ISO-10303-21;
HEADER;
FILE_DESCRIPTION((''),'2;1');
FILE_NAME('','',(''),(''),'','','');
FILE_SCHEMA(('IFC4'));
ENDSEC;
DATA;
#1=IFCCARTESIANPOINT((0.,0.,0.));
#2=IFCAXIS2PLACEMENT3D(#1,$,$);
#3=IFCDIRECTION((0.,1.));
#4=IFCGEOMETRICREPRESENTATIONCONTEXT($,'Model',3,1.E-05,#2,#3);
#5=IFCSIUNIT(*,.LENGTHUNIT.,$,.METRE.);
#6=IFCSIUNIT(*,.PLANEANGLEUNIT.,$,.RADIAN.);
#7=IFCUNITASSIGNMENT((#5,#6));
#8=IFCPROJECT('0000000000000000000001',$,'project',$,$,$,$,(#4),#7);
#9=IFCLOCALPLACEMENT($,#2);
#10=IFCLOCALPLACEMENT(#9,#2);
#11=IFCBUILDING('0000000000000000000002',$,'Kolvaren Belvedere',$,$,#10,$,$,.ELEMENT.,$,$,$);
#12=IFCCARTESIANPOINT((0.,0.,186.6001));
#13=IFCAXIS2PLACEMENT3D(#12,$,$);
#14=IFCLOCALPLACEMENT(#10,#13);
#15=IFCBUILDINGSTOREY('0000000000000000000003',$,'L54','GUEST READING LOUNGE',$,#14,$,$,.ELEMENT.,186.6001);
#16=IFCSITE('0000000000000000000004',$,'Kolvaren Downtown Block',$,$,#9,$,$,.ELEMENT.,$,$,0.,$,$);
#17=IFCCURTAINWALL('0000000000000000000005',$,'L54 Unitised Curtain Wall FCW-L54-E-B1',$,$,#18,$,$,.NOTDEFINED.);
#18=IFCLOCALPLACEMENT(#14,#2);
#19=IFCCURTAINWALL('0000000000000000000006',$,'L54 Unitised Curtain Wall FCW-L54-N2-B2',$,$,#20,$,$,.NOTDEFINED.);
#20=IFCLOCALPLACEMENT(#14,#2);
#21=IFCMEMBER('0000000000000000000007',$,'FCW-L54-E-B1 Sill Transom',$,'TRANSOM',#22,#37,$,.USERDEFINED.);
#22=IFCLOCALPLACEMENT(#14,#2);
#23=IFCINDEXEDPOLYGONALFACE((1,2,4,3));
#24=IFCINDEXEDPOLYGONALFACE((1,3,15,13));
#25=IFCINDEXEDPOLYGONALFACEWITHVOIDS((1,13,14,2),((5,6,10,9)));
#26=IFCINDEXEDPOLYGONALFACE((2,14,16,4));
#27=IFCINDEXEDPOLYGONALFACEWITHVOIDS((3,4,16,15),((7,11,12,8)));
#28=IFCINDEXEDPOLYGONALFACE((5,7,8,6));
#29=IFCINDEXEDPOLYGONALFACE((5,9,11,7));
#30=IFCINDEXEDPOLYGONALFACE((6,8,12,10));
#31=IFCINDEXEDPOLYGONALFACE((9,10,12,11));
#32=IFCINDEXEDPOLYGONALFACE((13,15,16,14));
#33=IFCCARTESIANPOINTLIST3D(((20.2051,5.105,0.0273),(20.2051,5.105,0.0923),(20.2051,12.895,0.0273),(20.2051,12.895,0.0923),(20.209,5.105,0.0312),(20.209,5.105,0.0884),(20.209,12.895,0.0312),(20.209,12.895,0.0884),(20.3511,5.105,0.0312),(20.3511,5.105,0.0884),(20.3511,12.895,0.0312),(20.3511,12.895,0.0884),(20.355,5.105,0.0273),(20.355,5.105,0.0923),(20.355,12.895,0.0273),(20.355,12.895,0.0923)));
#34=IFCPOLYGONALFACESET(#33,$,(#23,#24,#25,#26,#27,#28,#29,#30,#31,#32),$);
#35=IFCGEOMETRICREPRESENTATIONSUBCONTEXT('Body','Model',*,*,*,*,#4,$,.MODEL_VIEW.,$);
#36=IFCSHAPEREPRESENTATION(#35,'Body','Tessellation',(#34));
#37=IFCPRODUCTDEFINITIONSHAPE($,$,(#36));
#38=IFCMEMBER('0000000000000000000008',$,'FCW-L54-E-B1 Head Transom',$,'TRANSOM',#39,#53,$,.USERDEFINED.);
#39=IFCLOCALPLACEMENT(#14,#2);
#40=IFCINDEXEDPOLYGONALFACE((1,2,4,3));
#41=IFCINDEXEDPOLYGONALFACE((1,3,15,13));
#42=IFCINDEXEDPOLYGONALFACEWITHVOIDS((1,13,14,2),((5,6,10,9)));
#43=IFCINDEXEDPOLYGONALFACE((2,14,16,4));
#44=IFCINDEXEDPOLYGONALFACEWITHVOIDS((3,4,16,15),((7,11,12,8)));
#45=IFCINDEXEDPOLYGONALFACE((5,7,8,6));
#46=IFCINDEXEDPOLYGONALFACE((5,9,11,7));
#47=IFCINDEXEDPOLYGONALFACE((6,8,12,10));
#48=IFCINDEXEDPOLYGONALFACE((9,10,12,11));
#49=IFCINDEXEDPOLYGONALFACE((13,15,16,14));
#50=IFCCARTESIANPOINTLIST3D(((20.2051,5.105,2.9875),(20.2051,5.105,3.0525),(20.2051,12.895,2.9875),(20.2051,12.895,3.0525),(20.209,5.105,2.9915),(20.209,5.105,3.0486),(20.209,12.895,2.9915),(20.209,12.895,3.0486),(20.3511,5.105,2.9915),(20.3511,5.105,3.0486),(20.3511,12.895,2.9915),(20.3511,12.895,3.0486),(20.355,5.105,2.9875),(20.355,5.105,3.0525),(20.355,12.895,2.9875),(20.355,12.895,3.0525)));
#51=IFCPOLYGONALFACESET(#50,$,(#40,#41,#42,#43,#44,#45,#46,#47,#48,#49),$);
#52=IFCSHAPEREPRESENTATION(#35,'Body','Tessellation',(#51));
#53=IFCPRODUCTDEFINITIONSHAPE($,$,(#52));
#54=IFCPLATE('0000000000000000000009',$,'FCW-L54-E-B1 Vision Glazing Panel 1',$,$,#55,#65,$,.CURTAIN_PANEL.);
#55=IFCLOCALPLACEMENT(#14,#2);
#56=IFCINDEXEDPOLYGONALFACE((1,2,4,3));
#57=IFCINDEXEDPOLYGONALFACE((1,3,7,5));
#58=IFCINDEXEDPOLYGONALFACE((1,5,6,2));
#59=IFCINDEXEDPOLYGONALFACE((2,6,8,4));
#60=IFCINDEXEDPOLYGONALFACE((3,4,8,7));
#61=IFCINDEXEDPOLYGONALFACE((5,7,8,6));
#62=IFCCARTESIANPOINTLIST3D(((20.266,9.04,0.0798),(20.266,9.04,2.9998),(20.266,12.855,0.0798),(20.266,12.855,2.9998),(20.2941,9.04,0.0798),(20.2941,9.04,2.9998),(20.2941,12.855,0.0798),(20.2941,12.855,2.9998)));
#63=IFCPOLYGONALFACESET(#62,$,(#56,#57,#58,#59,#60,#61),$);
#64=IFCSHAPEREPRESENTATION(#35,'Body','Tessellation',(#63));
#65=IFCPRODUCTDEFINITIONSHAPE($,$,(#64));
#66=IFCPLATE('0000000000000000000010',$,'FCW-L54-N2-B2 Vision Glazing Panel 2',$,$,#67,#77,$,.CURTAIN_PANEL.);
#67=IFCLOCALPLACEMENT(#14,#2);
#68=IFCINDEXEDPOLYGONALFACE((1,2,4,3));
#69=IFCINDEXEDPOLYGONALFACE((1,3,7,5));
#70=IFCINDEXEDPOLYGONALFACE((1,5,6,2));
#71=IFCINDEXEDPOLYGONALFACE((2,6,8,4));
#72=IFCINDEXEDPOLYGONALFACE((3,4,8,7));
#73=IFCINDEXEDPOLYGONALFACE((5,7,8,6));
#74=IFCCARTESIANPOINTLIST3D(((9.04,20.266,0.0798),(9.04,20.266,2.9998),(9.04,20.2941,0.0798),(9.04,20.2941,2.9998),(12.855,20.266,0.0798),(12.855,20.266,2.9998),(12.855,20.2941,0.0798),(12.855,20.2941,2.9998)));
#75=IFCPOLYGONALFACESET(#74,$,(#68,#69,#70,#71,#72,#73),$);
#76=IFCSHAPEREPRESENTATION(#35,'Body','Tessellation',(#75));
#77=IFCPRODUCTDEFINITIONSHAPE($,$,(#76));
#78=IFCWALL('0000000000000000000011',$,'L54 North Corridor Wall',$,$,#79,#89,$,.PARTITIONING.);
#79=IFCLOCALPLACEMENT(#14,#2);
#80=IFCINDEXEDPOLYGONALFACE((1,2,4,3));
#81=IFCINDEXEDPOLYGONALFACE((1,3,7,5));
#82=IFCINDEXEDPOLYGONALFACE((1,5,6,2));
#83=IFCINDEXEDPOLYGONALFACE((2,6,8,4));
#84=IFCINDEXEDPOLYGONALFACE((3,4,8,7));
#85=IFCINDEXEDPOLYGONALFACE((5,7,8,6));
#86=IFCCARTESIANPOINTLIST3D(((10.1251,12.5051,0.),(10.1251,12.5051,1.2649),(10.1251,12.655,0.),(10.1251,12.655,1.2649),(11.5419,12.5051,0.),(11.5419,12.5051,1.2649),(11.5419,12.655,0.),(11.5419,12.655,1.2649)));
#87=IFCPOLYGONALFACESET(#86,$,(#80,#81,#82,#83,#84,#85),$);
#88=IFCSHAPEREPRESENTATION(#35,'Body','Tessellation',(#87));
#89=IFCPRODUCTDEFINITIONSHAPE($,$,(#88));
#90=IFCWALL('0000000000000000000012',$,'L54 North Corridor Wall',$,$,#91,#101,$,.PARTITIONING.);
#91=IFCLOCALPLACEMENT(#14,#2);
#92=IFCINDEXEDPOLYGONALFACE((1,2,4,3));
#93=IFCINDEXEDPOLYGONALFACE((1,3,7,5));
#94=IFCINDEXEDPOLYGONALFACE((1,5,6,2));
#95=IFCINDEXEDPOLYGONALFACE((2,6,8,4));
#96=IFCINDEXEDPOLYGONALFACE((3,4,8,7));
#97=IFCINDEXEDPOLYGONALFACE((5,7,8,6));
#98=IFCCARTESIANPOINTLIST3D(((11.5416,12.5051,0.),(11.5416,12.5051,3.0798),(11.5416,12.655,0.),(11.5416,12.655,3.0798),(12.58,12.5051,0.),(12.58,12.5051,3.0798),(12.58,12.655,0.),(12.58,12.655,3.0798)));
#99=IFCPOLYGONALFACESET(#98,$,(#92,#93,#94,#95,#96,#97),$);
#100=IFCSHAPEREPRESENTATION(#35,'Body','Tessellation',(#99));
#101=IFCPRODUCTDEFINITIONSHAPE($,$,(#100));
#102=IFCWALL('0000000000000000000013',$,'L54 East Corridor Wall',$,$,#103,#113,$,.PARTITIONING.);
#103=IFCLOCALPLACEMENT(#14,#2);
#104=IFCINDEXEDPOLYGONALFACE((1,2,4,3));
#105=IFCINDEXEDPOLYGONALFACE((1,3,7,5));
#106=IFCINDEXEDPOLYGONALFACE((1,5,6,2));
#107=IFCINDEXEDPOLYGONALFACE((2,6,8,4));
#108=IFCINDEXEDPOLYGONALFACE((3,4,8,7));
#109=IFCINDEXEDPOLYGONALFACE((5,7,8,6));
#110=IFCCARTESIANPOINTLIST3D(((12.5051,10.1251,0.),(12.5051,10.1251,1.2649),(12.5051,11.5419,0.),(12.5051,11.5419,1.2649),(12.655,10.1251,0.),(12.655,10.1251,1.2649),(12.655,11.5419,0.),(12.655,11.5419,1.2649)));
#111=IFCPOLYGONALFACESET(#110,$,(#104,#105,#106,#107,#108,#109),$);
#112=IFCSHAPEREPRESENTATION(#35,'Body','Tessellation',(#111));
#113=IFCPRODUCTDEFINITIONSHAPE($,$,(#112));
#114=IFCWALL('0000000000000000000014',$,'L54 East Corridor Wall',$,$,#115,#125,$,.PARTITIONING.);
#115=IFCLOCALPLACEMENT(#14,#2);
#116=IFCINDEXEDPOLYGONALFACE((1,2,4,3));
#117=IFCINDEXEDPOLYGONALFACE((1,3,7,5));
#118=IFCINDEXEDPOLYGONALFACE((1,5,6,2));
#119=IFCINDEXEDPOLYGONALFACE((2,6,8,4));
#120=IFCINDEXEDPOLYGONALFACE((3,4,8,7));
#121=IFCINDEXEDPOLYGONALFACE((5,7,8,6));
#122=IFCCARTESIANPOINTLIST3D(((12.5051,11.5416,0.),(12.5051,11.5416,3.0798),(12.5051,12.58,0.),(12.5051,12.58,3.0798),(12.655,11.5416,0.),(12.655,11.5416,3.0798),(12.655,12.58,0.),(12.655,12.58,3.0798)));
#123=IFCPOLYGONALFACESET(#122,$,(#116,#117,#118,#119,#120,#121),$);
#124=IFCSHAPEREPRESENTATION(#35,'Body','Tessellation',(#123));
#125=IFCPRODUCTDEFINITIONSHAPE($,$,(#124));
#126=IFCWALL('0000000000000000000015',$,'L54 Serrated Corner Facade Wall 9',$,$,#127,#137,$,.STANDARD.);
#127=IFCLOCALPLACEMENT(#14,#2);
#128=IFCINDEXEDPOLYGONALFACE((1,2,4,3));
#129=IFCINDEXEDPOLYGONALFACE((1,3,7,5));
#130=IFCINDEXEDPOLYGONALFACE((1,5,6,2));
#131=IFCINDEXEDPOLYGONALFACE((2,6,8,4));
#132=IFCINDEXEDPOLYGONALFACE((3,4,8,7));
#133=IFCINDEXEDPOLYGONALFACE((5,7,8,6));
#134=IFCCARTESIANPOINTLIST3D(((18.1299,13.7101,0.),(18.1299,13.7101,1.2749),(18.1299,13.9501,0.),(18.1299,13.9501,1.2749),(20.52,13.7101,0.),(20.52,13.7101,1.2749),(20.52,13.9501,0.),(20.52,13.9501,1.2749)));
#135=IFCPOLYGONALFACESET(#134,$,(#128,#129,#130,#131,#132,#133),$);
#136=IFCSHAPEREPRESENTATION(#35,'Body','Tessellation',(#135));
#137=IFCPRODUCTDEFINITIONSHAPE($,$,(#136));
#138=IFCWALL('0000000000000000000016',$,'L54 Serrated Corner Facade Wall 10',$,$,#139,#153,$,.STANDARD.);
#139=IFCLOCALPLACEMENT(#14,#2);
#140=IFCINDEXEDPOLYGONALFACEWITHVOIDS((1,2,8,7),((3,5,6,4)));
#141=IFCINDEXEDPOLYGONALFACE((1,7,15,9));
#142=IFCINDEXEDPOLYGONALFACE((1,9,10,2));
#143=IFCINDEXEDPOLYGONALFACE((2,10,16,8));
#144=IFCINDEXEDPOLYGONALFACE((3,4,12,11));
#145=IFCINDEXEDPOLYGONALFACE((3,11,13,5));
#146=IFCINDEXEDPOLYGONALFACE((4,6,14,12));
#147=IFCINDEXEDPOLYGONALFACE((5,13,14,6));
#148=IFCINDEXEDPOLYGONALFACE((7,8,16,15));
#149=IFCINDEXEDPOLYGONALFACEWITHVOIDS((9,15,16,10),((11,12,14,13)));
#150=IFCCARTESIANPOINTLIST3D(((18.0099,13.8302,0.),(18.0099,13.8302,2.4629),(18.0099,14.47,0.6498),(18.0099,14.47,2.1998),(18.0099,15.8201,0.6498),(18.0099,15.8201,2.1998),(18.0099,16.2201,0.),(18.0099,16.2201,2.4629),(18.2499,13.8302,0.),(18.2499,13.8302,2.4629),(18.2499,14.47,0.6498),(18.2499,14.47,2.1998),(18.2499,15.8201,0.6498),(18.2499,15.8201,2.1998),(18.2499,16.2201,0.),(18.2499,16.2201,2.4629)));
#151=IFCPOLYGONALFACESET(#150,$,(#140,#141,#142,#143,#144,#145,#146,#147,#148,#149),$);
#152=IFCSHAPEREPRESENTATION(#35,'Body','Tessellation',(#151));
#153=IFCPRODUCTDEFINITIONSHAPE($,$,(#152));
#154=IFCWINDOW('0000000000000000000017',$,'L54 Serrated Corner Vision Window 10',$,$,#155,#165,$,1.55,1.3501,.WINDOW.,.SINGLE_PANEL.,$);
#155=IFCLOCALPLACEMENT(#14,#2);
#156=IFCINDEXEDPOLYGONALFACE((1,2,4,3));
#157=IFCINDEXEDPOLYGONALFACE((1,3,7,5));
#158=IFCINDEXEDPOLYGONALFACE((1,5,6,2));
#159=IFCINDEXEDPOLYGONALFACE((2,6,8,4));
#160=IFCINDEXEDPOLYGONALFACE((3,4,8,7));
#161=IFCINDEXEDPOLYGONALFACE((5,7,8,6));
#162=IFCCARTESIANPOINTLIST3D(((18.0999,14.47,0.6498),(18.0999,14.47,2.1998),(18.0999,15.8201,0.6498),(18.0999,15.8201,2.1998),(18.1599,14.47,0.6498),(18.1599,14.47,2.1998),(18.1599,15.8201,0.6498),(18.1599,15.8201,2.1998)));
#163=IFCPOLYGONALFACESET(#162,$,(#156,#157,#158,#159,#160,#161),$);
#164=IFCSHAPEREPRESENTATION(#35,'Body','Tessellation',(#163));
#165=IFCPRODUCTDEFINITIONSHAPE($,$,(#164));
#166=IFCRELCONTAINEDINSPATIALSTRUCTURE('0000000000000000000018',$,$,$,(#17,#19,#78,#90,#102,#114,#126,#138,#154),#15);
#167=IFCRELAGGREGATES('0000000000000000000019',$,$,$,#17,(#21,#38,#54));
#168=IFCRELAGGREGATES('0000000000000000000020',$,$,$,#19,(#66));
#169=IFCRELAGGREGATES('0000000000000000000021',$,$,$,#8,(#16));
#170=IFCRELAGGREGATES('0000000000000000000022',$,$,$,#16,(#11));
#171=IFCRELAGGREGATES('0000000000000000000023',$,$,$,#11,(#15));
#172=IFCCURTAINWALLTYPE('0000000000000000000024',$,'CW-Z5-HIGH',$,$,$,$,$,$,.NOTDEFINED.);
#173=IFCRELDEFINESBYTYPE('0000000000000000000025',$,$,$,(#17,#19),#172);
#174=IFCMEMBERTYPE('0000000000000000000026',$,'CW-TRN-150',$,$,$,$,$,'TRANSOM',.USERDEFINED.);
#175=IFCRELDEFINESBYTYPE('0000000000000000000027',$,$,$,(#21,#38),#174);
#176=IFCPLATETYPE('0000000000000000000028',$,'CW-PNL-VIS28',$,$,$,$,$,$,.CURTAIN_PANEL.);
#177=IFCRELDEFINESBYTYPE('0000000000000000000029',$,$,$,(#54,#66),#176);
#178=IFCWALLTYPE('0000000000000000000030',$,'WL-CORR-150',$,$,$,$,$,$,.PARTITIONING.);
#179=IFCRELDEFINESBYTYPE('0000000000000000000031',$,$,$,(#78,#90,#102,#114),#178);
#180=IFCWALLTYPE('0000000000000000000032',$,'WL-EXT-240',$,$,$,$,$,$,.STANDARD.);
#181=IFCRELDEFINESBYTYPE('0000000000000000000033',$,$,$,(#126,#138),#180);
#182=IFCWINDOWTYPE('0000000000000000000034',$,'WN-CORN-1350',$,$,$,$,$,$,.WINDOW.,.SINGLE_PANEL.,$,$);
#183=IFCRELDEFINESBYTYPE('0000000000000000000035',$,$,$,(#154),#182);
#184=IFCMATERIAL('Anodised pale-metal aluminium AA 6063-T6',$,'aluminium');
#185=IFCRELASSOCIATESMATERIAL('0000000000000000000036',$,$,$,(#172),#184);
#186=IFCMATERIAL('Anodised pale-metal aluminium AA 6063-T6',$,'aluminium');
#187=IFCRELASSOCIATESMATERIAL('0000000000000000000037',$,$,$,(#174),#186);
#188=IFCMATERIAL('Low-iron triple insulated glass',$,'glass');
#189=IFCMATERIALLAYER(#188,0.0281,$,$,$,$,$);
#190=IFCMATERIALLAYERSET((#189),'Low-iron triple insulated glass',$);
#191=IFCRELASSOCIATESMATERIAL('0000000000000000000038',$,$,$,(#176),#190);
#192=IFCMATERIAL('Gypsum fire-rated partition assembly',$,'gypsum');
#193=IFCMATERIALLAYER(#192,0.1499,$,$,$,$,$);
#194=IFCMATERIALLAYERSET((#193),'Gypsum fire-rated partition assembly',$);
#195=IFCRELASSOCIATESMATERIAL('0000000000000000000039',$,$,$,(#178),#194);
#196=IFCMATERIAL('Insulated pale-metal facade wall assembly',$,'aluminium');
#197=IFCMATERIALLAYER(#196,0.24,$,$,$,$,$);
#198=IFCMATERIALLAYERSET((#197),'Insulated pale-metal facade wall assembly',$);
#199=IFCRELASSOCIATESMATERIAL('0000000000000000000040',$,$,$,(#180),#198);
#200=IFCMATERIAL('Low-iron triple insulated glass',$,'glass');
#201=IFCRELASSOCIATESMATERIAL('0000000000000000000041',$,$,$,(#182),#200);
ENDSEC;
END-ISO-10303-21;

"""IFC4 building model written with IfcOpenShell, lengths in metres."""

from ifc_helpers import new_model, si_unit, direction, frame, frame_2d, origin, origin_2d, place, context, subcontext, project, spatial, rectangle, hollow_rectangle, extrude, material, layer, layer_set, material_profile, profile_set, type_object, element, fill, aggregate, save


model = new_model("IFC4")

# Units and contexts
model_context = context("Model", 3, precision=1e-05, world=origin(), true_north=direction((0.0, 1.0)))
body_context = subcontext(model_context, "Body", "Model", "MODEL_VIEW")
ifc_project = project(units=[si_unit("LENGTHUNIT", "METRE"), si_unit("PLANEANGLEUNIT", "RADIAN")], contexts=[model_context])

# Site, building, storey
site_placement = place(None, origin())
site = spatial("IfcSite", under=ifc_project, at=site_placement, Name="Kolvaren Downtown Block", CompositionType="ELEMENT", RefElevation=0.0)
building_placement = place(site_placement, origin())
building = spatial("IfcBuilding", under=site, at=building_placement, Name="Kolvaren Belvedere", CompositionType="ELEMENT")
storey_placement = place(building_placement, frame((0.0, 0.0, 186.6001)))
storey = spatial("IfcBuildingStorey", under=building, at=storey_placement, Name="L54", Description="GUEST READING LOUNGE", CompositionType="ELEMENT", Elevation=186.6001)

# Curtain walls
ifc_material_1 = material(Name="Anodised pale-metal aluminium AA 6063-T6", Category="aluminium")
curtain_wall_type = type_object("IfcCurtainWallType", Name="CW-Z5-HIGH", PredefinedType="NOTDEFINED", material=ifc_material_1)
curtain_wall_1_placement = place(storey_placement, origin())
curtain_wall_1 = element("IfcCurtainWall", 1, at=curtain_wall_1_placement, inside=storey, type_object=curtain_wall_type, Name="L54 Unitised Curtain Wall FCW-L54-E-B1", PredefinedType="NOTDEFINED")
curtain_wall_2_placement = place(storey_placement, origin())
curtain_wall_2 = element("IfcCurtainWall", 2, at=curtain_wall_2_placement, inside=storey, type_object=curtain_wall_type, Name="L54 Unitised Curtain Wall FCW-L54-N2-B2", PredefinedType="NOTDEFINED")

# Members
ifc_material_2 = material(Name="Anodised pale-metal aluminium AA 6063-T6", Category="aluminium")
ifc_material_profile_1 = material_profile(ifc_material_2, hollow_rectangle(XDim=0.0649, YDim=0.1499, WallThickness=0.0039, at=origin_2d()), Name="ALU-TRN-150X65")
ifc_profile_set_1 = profile_set([ifc_material_profile_1], Name="Anodised pale-metal aluminium AA 6063-T6")
member_type_1 = type_object("IfcMemberType", Name="CW-TRN-150", ElementType="TRANSOM", PredefinedType="USERDEFINED", material=ifc_profile_set_1)
member_1_placement = place(storey_placement, frame((20.28, 12.895, 0.0598), z_axis=(0.0, -1.0, 0.0), x_axis=(0.0, 0.0, 1.0)))
member_1 = element("IfcMember", 3, at=member_1_placement, type_object=member_type_1, Name="FCW-L54-E-B1 Sill Transom", ObjectType="TRANSOM", PredefinedType="USERDEFINED", context=body_context, shape_type="SweptSolid", body=[
    extrude(hollow_rectangle(XDim=0.0649, YDim=0.1499, WallThickness=0.0039, at=origin_2d()), origin(), (0.0, 0.0, 1.0), 7.79),
])
member_2_placement = place(storey_placement, frame((20.28, 12.895, 3.02), z_axis=(0.0, -1.0, 0.0), x_axis=(0.0, 0.0, 1.0)))
member_2 = element("IfcMember", 4, at=member_2_placement, type_object=member_type_1, Name="FCW-L54-E-B1 Head Transom", ObjectType="TRANSOM", PredefinedType="USERDEFINED", context=body_context, shape_type="SweptSolid", body=[
    extrude(hollow_rectangle(XDim=0.0649, YDim=0.1499, WallThickness=0.0039, at=origin_2d()), origin(), (0.0, 0.0, 1.0), 7.79),
])

# Plates
ifc_material_3 = material(Name="Low-iron triple insulated glass", Category="glass")
ifc_layer_1 = layer(ifc_material_3, 0.0281)
ifc_layer_set_1 = layer_set([ifc_layer_1], Name="Low-iron triple insulated glass")
plate_type = type_object("IfcPlateType", Name="CW-PNL-VIS28", PredefinedType="CURTAIN_PANEL", material=ifc_layer_set_1)
plate_1_placement = place(storey_placement, frame((20.28, 10.9475, 0.0798), z_axis=(0.0, 0.0, 1.0), x_axis=(0.0, -1.0, 0.0)))
plate_1 = element("IfcPlate", 5, at=plate_1_placement, type_object=plate_type, Name="FCW-L54-E-B1 Vision Glazing Panel 1", PredefinedType="CURTAIN_PANEL", context=body_context, shape_type="SweptSolid", body=[
    extrude(rectangle(XDim=3.8149, YDim=0.0281, at=origin_2d()), origin(), (0.0, 0.0, 1.0), 2.9199),
])
aggregate(curtain_wall_1, [member_1, member_2, plate_1])
plate_2_placement = place(storey_placement, frame((10.9475, 20.28, 0.0798), z_axis=(0.0, 0.0, 1.0), x_axis=(1.0, 0.0, 0.0)))
plate_2 = element("IfcPlate", 6, at=plate_2_placement, type_object=plate_type, Name="FCW-L54-N2-B2 Vision Glazing Panel 2", PredefinedType="CURTAIN_PANEL", context=body_context, shape_type="SweptSolid", body=[
    extrude(rectangle(XDim=3.8149, YDim=0.0281, at=origin_2d()), origin(), (0.0, 0.0, 1.0), 2.9199),
])
aggregate(curtain_wall_2, [plate_2])

# Walls
ifc_material_4 = material(Name="Gypsum fire-rated partition assembly", Category="gypsum")
ifc_layer_2 = layer(ifc_material_4, 0.1499)
ifc_layer_set_2 = layer_set([ifc_layer_2], Name="Gypsum fire-rated partition assembly")
wall_type_1 = type_object("IfcWallType", Name="WL-CORR-150", PredefinedType="PARTITIONING", material=ifc_layer_set_2)
wall_1_placement = place(storey_placement, frame((10.125, 12.5801, 0.0), z_axis=(0.0, 0.0, 1.0), x_axis=(1.0, 0.0, 0.0)))
element("IfcWall", 7, at=wall_1_placement, inside=storey, type_object=wall_type_1, Name="L54 North Corridor Wall", PredefinedType="PARTITIONING", context=body_context, shape_type="SweptSolid", body=[
    extrude(rectangle(XDim=1.4167, YDim=0.1499, at=frame_2d((0.7085, 0.0))), origin(), (0.0, 0.0, 1.0), 1.2649),
])
wall_2_placement = place(storey_placement, frame((11.5417, 12.5801, 0.0), z_axis=(0.0, 0.0, 1.0), x_axis=(1.0, 0.0, 0.0)))
element("IfcWall", 8, at=wall_2_placement, inside=storey, type_object=wall_type_1, Name="L54 North Corridor Wall", PredefinedType="PARTITIONING", context=body_context, shape_type="SweptSolid", body=[
    extrude(rectangle(XDim=1.0383, YDim=0.1499, at=frame_2d((0.519, 0.0))), origin(), (0.0, 0.0, 1.0), 3.0798),
])
wall_3_placement = place(storey_placement, frame((12.5801, 10.125, 0.0), z_axis=(0.0, 0.0, 1.0), x_axis=(0.0, 1.0, 0.0)))
element("IfcWall", 9, at=wall_3_placement, inside=storey, type_object=wall_type_1, Name="L54 East Corridor Wall", PredefinedType="PARTITIONING", context=body_context, shape_type="SweptSolid", body=[
    extrude(rectangle(XDim=1.4167, YDim=0.1499, at=frame_2d((0.7085, 0.0))), origin(), (0.0, 0.0, 1.0), 1.2649),
])
wall_4_placement = place(storey_placement, frame((12.5801, 11.5417, 0.0), z_axis=(0.0, 0.0, 1.0), x_axis=(0.0, 1.0, 0.0)))
element("IfcWall", 10, at=wall_4_placement, inside=storey, type_object=wall_type_1, Name="L54 East Corridor Wall", PredefinedType="PARTITIONING", context=body_context, shape_type="SweptSolid", body=[
    extrude(rectangle(XDim=1.0383, YDim=0.1499, at=frame_2d((0.519, 0.0))), origin(), (0.0, 0.0, 1.0), 3.0798),
])
ifc_material_5 = material(Name="Insulated pale-metal facade wall assembly", Category="aluminium")
ifc_layer_3 = layer(ifc_material_5, 0.24)
ifc_layer_set_3 = layer_set([ifc_layer_3], Name="Insulated pale-metal facade wall assembly")
wall_type_2 = type_object("IfcWallType", Name="WL-EXT-240", PredefinedType="STANDARD", material=ifc_layer_set_3)
wall_5_placement = place(storey_placement, frame((18.1299, 13.8301, 0.0), z_axis=(0.0, 0.0, 1.0), x_axis=(1.0, 0.0, 0.0)))
element("IfcWall", 11, at=wall_5_placement, inside=storey, type_object=wall_type_2, Name="L54 Serrated Corner Facade Wall 9", PredefinedType="STANDARD", context=body_context, shape_type="SweptSolid", body=[
    extrude(rectangle(XDim=2.3901, YDim=0.24, at=frame_2d((1.1951, 0.0))), origin(), (0.0, 0.0, 1.0), 1.2749),
])

# Wall, opening, window
wall_6_placement = place(storey_placement, frame((18.1299, 16.22, 0.0), z_axis=(0.0, 0.0, 1.0), x_axis=(0.0, -1.0, 0.0)))
wall_6 = element("IfcWall", 12, at=wall_6_placement, inside=storey, type_object=wall_type_2, Name="L54 Serrated Corner Facade Wall 10", PredefinedType="STANDARD", context=body_context, shape_type="SweptSolid", body=[
    extrude(rectangle(XDim=2.3899, YDim=0.24, at=frame_2d((1.1948, 0.0))), origin(), (0.0, 0.0, 1.0), 2.4629),
])
opening_1_placement = place(wall_6_placement, frame((0.3999, 0.0, 0.6499)))
opening_1 = element("IfcOpeningElement", 13, at=opening_1_placement, cuts=wall_6, PredefinedType="OPENING", context=body_context, shape_type="SweptSolid", body=[
    extrude(rectangle(XDim=1.3501, YDim=1.55, at=frame_2d((0.675, 0.7749))), frame((0.0, 0.1299, 0.0), z_axis=(0.0, -1.0, 0.0), x_axis=(1.0, 0.0, 0.0)), (0.0, 0.0, 1.0), 0.26),
])
ifc_material_6 = material(Name="Low-iron triple insulated glass", Category="glass")
window_type_1 = type_object("IfcWindowType", Name="WN-CORN-1350", PartitioningType="SINGLE_PANEL", PredefinedType="WINDOW", material=ifc_material_6)
window_1_placement = place(opening_1_placement, origin())
window_1 = element("IfcWindow", 14, at=window_1_placement, inside=storey, type_object=window_type_1, Name="L54 Serrated Corner Vision Window 10", OverallHeight=1.55, OverallWidth=1.3501, PartitioningType="SINGLE_PANEL", PredefinedType="WINDOW", context=body_context, shape_type="SweptSolid", body=[
    extrude(rectangle(XDim=1.3501, YDim=1.55, at=frame_2d((0.675, 0.7749))), frame((0.0, 0.03, 0.0), z_axis=(0.0, -1.0, 0.0), x_axis=(1.0, 0.0, 0.0)), (0.0, 0.0, 1.0), 0.0601),
])
fill(opening_1, window_1)

save(model, "model.ifc")
